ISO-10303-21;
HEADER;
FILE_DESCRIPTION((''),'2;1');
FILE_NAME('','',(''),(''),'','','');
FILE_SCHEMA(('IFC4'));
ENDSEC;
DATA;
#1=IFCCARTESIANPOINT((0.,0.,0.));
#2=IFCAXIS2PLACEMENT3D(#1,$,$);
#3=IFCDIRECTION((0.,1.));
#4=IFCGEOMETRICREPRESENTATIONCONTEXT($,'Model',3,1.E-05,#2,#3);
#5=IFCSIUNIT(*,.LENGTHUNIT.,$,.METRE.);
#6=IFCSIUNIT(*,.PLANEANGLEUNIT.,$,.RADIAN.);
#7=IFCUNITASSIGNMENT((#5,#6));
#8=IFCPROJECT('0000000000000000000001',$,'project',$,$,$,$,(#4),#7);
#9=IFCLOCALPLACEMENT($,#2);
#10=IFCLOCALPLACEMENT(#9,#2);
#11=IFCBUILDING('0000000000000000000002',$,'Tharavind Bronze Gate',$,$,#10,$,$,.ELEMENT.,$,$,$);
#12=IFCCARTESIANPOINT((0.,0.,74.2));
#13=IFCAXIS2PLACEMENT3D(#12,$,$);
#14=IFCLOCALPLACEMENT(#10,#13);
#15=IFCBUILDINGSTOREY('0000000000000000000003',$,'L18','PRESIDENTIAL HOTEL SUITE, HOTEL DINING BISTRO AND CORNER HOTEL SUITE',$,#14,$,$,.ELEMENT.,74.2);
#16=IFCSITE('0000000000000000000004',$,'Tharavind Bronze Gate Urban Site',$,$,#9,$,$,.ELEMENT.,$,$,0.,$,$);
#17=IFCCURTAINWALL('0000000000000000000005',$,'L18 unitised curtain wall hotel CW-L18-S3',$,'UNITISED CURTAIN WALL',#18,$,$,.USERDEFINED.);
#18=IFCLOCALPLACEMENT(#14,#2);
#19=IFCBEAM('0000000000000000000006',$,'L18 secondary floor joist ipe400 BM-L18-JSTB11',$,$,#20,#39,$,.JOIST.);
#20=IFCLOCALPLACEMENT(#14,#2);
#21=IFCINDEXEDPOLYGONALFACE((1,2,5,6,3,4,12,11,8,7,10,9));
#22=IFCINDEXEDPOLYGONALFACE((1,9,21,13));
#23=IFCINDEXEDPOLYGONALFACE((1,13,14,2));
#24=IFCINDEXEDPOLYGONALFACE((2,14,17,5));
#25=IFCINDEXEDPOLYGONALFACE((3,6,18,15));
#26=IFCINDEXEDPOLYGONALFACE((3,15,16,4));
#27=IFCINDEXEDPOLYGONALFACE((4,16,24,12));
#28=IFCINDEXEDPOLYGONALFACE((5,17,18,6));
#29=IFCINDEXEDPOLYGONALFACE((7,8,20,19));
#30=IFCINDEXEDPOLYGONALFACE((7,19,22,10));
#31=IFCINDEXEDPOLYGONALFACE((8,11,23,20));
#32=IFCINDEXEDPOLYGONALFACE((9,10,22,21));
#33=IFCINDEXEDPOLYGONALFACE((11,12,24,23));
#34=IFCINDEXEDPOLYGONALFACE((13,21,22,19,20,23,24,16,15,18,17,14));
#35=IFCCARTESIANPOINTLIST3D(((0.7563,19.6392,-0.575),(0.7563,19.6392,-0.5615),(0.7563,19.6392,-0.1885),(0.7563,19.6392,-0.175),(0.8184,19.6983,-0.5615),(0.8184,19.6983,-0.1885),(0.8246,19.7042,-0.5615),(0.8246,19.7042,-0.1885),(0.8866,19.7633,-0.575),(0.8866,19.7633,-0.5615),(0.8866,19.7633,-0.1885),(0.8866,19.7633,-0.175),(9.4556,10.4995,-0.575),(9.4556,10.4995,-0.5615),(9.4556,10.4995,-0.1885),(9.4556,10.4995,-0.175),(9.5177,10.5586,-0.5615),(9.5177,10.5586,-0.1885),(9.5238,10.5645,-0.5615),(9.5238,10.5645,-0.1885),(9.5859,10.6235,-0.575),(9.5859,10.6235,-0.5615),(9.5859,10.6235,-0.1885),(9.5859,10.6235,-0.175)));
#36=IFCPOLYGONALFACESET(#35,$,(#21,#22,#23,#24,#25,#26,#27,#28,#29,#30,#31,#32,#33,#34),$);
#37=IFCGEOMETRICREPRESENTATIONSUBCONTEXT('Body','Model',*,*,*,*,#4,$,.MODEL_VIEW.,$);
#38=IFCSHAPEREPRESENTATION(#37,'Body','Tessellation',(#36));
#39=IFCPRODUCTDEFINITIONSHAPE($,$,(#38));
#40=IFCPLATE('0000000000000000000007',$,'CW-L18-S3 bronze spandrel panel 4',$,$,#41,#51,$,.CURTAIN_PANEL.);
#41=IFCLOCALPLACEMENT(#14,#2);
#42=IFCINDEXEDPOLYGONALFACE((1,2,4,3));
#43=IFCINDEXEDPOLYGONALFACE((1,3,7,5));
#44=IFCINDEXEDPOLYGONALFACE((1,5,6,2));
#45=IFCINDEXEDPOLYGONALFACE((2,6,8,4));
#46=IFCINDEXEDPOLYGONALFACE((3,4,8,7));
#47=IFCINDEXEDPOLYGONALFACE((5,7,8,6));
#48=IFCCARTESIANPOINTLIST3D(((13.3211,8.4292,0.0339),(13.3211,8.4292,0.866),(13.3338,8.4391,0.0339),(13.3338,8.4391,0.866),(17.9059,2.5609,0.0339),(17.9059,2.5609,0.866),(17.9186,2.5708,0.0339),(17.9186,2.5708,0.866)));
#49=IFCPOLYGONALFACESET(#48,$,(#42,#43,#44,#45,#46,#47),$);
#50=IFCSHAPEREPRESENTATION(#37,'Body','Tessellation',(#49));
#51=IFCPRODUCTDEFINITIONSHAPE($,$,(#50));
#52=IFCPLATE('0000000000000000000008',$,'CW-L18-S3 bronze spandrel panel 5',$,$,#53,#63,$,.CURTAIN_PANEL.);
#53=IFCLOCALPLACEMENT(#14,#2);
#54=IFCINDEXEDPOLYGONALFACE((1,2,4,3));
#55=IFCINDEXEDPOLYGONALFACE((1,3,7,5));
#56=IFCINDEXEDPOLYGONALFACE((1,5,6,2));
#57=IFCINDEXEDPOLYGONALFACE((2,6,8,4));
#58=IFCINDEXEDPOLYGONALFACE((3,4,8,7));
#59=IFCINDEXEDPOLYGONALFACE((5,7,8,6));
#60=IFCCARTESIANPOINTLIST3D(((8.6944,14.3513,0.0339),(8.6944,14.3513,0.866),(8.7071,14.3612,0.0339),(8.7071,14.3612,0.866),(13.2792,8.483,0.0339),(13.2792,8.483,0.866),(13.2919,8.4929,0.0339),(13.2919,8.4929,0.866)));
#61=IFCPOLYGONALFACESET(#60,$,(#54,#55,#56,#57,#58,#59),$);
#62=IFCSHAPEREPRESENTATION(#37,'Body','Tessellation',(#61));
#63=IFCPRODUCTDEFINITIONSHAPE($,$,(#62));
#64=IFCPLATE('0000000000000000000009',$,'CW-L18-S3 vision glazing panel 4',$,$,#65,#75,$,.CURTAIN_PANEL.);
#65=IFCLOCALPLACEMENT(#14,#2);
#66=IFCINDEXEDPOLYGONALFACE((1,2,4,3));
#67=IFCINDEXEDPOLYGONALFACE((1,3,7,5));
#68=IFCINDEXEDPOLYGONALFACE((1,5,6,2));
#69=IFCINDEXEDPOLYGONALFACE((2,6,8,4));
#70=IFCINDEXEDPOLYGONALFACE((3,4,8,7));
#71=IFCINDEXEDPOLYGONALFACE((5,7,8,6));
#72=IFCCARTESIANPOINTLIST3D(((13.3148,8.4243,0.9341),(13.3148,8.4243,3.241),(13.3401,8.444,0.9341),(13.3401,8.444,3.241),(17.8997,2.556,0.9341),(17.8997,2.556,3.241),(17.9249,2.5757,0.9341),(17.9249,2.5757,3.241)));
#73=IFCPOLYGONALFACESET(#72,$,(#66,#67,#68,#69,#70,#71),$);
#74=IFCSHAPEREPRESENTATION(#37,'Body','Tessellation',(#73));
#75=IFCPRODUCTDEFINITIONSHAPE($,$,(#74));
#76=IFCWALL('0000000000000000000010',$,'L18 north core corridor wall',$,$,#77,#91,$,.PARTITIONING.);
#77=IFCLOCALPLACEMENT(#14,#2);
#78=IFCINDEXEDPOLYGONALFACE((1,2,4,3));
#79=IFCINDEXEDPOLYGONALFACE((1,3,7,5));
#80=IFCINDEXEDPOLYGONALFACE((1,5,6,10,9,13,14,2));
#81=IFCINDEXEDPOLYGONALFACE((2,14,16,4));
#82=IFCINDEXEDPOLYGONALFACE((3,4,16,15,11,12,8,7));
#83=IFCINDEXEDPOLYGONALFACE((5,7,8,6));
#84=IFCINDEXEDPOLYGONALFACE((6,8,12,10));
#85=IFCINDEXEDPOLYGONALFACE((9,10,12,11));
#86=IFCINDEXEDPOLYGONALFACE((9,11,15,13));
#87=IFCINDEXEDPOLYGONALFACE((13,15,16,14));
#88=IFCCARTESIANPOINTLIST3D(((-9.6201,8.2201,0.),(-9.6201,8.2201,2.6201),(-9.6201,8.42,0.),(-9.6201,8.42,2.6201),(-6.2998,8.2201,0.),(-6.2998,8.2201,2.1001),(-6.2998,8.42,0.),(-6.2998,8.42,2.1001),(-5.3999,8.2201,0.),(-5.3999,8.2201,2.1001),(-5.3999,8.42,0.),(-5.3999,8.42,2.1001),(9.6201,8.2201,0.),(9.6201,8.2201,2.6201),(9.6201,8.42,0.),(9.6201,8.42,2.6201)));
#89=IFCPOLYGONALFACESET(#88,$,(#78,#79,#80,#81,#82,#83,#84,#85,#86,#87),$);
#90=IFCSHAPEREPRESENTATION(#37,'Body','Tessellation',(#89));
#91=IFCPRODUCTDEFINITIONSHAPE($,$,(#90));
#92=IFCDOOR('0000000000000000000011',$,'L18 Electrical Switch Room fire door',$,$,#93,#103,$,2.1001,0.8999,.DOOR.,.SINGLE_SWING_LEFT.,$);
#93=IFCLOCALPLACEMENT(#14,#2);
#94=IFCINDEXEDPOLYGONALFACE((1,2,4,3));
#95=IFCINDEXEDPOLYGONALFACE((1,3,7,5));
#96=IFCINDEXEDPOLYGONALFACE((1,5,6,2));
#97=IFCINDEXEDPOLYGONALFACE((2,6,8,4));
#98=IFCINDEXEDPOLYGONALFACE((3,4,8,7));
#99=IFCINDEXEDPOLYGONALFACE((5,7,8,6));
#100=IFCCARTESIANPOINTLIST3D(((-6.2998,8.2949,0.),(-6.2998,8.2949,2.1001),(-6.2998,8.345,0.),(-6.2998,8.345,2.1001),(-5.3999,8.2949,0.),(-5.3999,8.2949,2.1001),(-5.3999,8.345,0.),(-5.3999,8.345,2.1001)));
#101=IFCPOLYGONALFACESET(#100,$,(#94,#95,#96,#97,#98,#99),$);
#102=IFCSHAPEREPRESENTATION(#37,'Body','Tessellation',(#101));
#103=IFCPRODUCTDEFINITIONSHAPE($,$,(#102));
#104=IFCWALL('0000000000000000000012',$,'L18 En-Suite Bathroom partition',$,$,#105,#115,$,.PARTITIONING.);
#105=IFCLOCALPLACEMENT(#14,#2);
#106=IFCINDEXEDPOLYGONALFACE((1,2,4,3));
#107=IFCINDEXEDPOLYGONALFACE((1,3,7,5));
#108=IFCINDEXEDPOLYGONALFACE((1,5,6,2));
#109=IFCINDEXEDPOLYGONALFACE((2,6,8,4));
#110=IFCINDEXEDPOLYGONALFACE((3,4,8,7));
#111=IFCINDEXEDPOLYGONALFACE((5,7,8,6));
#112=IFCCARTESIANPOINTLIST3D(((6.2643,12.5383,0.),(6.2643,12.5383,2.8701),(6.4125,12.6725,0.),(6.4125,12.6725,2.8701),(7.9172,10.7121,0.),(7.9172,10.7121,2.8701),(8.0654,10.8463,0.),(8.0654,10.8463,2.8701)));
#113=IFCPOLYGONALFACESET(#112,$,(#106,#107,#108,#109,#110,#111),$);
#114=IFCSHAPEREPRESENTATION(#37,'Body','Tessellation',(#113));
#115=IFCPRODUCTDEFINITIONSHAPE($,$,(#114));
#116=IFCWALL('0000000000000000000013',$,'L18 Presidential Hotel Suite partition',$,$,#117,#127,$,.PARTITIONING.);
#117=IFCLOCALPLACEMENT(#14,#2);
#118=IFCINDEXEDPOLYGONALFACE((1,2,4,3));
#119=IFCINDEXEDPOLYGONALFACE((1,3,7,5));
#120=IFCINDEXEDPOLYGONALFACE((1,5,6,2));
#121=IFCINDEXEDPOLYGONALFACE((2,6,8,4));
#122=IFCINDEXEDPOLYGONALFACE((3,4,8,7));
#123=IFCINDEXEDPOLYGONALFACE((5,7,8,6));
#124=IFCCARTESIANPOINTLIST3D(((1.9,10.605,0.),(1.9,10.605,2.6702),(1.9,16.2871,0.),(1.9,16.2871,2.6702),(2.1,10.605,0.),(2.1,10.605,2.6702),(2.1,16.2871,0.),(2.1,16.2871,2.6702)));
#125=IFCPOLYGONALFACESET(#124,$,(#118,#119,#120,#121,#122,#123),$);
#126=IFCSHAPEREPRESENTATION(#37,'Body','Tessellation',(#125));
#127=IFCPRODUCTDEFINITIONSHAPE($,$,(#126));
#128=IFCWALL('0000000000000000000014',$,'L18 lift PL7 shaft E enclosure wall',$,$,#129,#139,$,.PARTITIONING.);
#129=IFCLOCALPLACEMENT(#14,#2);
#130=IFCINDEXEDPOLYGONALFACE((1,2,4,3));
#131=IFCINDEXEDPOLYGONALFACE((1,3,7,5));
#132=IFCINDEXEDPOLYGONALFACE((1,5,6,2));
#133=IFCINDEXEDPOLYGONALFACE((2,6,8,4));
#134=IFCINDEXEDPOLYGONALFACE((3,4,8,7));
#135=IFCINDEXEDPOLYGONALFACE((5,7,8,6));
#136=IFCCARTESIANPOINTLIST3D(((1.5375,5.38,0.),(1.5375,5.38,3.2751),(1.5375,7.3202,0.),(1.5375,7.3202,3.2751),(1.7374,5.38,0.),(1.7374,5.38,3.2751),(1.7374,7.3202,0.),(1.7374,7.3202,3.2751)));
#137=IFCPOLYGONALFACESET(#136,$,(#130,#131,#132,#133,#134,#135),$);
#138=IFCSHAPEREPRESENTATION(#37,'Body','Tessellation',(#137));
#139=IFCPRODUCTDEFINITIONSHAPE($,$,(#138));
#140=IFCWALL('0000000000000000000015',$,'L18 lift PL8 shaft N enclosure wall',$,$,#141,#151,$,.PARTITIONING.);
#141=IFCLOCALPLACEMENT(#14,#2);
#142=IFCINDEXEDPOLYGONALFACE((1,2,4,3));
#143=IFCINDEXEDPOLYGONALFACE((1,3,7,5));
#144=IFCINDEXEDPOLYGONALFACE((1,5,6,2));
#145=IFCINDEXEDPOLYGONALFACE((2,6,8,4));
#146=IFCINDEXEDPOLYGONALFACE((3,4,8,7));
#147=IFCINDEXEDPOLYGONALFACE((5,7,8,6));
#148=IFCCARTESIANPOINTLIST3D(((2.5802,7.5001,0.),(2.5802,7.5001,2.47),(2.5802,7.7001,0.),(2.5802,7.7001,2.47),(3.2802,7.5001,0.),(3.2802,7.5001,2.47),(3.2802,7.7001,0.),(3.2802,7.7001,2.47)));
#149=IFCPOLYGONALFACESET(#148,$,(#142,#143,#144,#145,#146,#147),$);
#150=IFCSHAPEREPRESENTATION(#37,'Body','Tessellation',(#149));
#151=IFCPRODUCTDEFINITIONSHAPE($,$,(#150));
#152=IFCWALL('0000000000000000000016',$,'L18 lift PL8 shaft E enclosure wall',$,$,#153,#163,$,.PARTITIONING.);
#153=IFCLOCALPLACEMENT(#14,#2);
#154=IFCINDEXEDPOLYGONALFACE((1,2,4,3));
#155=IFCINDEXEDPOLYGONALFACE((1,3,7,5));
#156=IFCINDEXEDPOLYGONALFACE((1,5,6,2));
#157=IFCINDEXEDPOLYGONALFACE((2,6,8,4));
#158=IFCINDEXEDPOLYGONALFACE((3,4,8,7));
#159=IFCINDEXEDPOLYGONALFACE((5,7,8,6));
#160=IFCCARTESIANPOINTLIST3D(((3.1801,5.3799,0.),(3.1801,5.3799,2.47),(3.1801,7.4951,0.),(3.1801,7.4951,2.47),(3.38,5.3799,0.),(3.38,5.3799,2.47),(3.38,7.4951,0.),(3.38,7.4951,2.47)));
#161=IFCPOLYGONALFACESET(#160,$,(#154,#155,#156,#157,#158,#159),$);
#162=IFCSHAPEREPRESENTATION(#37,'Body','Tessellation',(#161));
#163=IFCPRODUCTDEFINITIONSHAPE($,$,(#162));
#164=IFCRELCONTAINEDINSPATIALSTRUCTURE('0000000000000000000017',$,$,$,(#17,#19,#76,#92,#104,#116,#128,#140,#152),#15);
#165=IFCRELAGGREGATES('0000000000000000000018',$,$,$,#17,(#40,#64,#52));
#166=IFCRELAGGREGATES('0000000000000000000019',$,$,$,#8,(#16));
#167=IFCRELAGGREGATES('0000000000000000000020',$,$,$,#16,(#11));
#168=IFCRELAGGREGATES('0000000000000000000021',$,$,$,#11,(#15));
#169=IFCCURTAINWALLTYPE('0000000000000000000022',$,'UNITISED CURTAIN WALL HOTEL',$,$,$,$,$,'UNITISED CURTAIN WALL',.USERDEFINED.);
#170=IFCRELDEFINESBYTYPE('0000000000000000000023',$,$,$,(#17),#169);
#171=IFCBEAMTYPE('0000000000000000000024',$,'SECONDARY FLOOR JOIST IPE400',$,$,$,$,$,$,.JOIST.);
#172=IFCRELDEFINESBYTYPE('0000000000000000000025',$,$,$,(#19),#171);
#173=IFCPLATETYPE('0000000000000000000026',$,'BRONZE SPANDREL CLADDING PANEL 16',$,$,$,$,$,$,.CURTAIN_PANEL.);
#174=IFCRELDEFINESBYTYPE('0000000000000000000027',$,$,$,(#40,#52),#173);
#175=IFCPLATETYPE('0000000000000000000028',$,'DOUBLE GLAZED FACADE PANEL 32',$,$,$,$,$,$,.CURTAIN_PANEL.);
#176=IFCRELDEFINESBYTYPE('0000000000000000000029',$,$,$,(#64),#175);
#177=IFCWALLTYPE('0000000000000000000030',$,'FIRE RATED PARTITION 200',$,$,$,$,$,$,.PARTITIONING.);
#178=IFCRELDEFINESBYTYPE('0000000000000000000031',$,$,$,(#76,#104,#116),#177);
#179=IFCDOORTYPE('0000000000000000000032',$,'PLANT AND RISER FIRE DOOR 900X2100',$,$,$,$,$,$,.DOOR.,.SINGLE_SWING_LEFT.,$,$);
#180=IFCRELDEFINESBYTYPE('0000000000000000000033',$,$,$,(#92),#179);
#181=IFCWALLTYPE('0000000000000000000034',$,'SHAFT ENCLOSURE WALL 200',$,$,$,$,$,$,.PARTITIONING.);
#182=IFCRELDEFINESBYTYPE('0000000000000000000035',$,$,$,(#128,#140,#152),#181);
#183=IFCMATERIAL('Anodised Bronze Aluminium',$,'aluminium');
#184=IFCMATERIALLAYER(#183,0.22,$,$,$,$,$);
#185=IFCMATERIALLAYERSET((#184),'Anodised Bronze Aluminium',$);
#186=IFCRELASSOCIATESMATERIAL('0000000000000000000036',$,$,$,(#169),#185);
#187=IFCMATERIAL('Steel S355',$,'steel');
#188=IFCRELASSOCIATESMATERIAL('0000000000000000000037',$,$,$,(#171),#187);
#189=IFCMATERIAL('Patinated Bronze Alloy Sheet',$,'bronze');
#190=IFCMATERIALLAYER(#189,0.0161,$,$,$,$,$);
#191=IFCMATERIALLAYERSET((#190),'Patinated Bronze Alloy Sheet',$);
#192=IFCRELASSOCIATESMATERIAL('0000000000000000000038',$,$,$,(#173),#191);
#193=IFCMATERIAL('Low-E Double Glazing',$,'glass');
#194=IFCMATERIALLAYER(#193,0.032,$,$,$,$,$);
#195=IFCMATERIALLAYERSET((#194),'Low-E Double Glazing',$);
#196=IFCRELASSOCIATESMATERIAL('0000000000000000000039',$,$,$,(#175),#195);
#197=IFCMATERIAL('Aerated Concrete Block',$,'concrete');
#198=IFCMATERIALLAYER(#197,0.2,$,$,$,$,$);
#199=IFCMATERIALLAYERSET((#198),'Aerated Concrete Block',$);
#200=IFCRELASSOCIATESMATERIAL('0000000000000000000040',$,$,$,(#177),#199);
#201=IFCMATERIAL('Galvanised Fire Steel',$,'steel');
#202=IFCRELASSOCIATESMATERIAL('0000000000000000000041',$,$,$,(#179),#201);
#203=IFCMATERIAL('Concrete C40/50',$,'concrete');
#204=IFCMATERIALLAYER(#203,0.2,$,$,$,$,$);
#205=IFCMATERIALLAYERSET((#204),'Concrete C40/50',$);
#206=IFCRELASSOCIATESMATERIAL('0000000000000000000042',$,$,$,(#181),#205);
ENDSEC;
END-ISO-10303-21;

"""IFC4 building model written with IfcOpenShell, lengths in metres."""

from ifc_helpers import new_model, si_unit, direction, frame, frame_2d, origin, origin_2d, place, context, subcontext, project, spatial, rectangle, i_section, extrude, material, layer, layer_set, material_profile, profile_set, type_object, element, fill, aggregate, save


model = new_model("IFC4")

# Units and contexts
model_context = context("Model", 3, precision=1e-05, world=origin(), true_north=direction((0.0, 1.0)))
body_context = subcontext(model_context, "Body", "Model", "MODEL_VIEW")
ifc_project = project(units=[si_unit("LENGTHUNIT", "METRE"), si_unit("PLANEANGLEUNIT", "RADIAN")], contexts=[model_context])

# Site, building, storey
site_placement = place(None, origin())
site = spatial("IfcSite", under=ifc_project, at=site_placement, Name="Tharavind Bronze Gate Urban Site", CompositionType="ELEMENT", RefElevation=0.0)
building_placement = place(site_placement, origin())
building = spatial("IfcBuilding", under=site, at=building_placement, Name="Tharavind Bronze Gate", CompositionType="ELEMENT")
storey_placement = place(building_placement, frame((0.0, 0.0, 74.2)))
storey = spatial("IfcBuildingStorey", under=building, at=storey_placement, Name="L18", Description="PRESIDENTIAL HOTEL SUITE, HOTEL DINING BISTRO AND CORNER HOTEL SUITE", CompositionType="ELEMENT", Elevation=74.2)

# Curtain wall
ifc_material_1 = material(Name="Anodised Bronze Aluminium", Category="aluminium")
ifc_layer_1 = layer(ifc_material_1, 0.22)
ifc_layer_set_1 = layer_set([ifc_layer_1], Name="Anodised Bronze Aluminium")
curtain_wall_type = type_object("IfcCurtainWallType", Name="UNITISED CURTAIN WALL HOTEL", ElementType="UNITISED CURTAIN WALL", PredefinedType="USERDEFINED", material=ifc_layer_set_1)
curtain_wall_placement = place(storey_placement, origin())
curtain_wall = element("IfcCurtainWall", 1, at=curtain_wall_placement, inside=storey, type_object=curtain_wall_type, Name="L18 unitised curtain wall hotel CW-L18-S3", ObjectType="UNITISED CURTAIN WALL", PredefinedType="USERDEFINED")

# Beam
ifc_material_2 = material(Name="Steel S355", Category="steel")
ifc_material_profile_1 = material_profile(ifc_material_2, i_section(OverallWidth=0.1799, OverallDepth=0.3999, WebThickness=0.0085, FlangeThickness=0.0134, at=origin_2d()), Name="IPE400")
ifc_profile_set_1 = profile_set([ifc_material_profile_1], Name="Steel S355")
beam_type_1 = type_object("IfcBeamType", Name="SECONDARY FLOOR JOIST IPE400", PredefinedType="JOIST", material=ifc_profile_set_1)
beam_1_placement = place(storey_placement, frame((9.5208, 10.5615, -0.375), z_axis=(-0.689439, 0.724344, 0.0), x_axis=(-0.724344, -0.689439, 0.0)))
element("IfcBeam", 2, at=beam_1_placement, inside=storey, type_object=beam_type_1, Name="L18 secondary floor joist ipe400 BM-L18-JSTB11", PredefinedType="JOIST", context=body_context, shape_type="SweptSolid", body=[
    extrude(i_section(OverallWidth=0.1799, OverallDepth=0.3999, WebThickness=0.0085, FlangeThickness=0.0134, at=origin_2d()), origin(), (0.0, 0.0, 1.0), 12.6179),
])

# Plates
ifc_material_3 = material(Name="Patinated Bronze Alloy Sheet", Category="bronze")
ifc_layer_2 = layer(ifc_material_3, 0.0161)
ifc_layer_set_2 = layer_set([ifc_layer_2], Name="Patinated Bronze Alloy Sheet")
plate_type_1 = type_object("IfcPlateType", Name="BRONZE SPANDREL CLADDING PANEL 16", PredefinedType="CURTAIN_PANEL", material=ifc_layer_set_2)
plate_1_placement = place(storey_placement, frame((15.6199, 5.5, 0.0339), z_axis=(0.0, 0.0, 1.0), x_axis=(-0.615661, 0.788011, 0.0)))
plate_1 = element("IfcPlate", 3, at=plate_1_placement, type_object=plate_type_1, Name="CW-L18-S3 bronze spandrel panel 4", PredefinedType="CURTAIN_PANEL", context=body_context, shape_type="SweptSolid", body=[
    extrude(rectangle(XDim=7.447, YDim=0.0161, at=origin_2d()), origin(), (0.0, 0.0, 1.0), 0.832),
])
plate_2_placement = place(storey_placement, frame((10.9932, 11.4221, 0.0339), z_axis=(0.0, 0.0, 1.0), x_axis=(-0.615661, 0.788011, 0.0)))
plate_2 = element("IfcPlate", 4, at=plate_2_placement, type_object=plate_type_1, Name="CW-L18-S3 bronze spandrel panel 5", PredefinedType="CURTAIN_PANEL", context=body_context, shape_type="SweptSolid", body=[
    extrude(rectangle(XDim=7.447, YDim=0.0161, at=origin_2d()), origin(), (0.0, 0.0, 1.0), 0.832),
])
ifc_material_4 = material(Name="Low-E Double Glazing", Category="glass")
ifc_layer_3 = layer(ifc_material_4, 0.032)
ifc_layer_set_3 = layer_set([ifc_layer_3], Name="Low-E Double Glazing")
plate_type_2 = type_object("IfcPlateType", Name="DOUBLE GLAZED FACADE PANEL 32", PredefinedType="CURTAIN_PANEL", material=ifc_layer_set_3)
plate_3_placement = place(storey_placement, frame((15.6199, 5.5, 0.9341), z_axis=(0.0, 0.0, 1.0), x_axis=(-0.615661, 0.788011, 0.0)))
plate_3 = element("IfcPlate", 5, at=plate_3_placement, type_object=plate_type_2, Name="CW-L18-S3 vision glazing panel 4", PredefinedType="CURTAIN_PANEL", context=body_context, shape_type="SweptSolid", body=[
    extrude(rectangle(XDim=7.447, YDim=0.032, at=origin_2d()), origin(), (0.0, 0.0, 1.0), 2.3069),
])
aggregate(curtain_wall, [plate_1, plate_3, plate_2])

# Wall, opening, door
ifc_material_5 = material(Name="Aerated Concrete Block", Category="concrete")
ifc_layer_4 = layer(ifc_material_5, 0.2)
ifc_layer_set_4 = layer_set([ifc_layer_4], Name="Aerated Concrete Block")
wall_type_1 = type_object("IfcWallType", Name="FIRE RATED PARTITION 200", PredefinedType="PARTITIONING", material=ifc_layer_set_4)
wall_1_placement = place(storey_placement, frame((9.6201, 8.3201, 0.0), z_axis=(0.0, 0.0, 1.0), x_axis=(-1.0, 0.0, 0.0)))
wall_1 = element("IfcWall", 6, at=wall_1_placement, inside=storey, type_object=wall_type_1, Name="L18 north core corridor wall", PredefinedType="PARTITIONING", context=body_context, shape_type="SweptSolid", body=[
    extrude(rectangle(XDim=19.2402, YDim=0.2, at=frame_2d((9.6201, 0.0))), origin(), (0.0, 0.0, 1.0), 2.6201),
])
opening_1_placement = place(wall_1_placement, frame((15.02, 0.0, 0.0)))
opening_1 = element("IfcOpeningElement", 7, at=opening_1_placement, cuts=wall_1, PredefinedType="OPENING", context=body_context, shape_type="SweptSolid", body=[
    extrude(rectangle(XDim=0.8999, YDim=2.1001, at=frame_2d((0.45, 1.05))), frame((0.0, 0.1101, 0.0), z_axis=(0.0, -1.0, 0.0), x_axis=(1.0, 0.0, 0.0)), (0.0, 0.0, 1.0), 0.22),
])
ifc_material_6 = material(Name="Galvanised Fire Steel", Category="steel")
door_type_1 = type_object("IfcDoorType", Name="PLANT AND RISER FIRE DOOR 900X2100", OperationType="SINGLE_SWING_LEFT", PredefinedType="DOOR", material=ifc_material_6)
door_1_placement = place(opening_1_placement, frame((0.8999, 0.0, 0.0), z_axis=(0.0, 0.0, 1.0), x_axis=(-1.0, 0.0, 0.0)))
door_1 = element("IfcDoor", 8, at=door_1_placement, inside=storey, type_object=door_type_1, Name="L18 Electrical Switch Room fire door", OperationType="SINGLE_SWING_LEFT", OverallHeight=2.1001, OverallWidth=0.8999, PredefinedType="DOOR", context=body_context, shape_type="SweptSolid", body=[
    extrude(rectangle(XDim=0.8999, YDim=2.1001, at=frame_2d((0.45, 1.05))), frame((0.0, 0.0249, 0.0), z_axis=(0.0, -1.0, 0.0), x_axis=(1.0, 0.0, 0.0)), (0.0, 0.0, 1.0), 0.05),
])
fill(opening_1, door_1)

# Wall
wall_2_placement = place(storey_placement, frame((7.9912, 10.7793, 0.0), z_axis=(0.0, 0.0, 1.0), x_axis=(-0.671043, 0.741418, 0.0)))
element("IfcWall", 9, at=wall_2_placement, inside=storey, type_object=wall_type_1, Name="L18 En-Suite Bathroom partition", PredefinedType="PARTITIONING", context=body_context, shape_type="SweptSolid", body=[
    extrude(rectangle(XDim=2.4631, YDim=0.2, at=frame_2d((1.2314, 0.0))), origin(), (0.0, 0.0, 1.0), 2.8701),
])

# Walls
wall_3_placement = place(storey_placement, frame((2.0, 10.605, 0.0), z_axis=(0.0, 0.0, 1.0), x_axis=(0.0, 1.0, 0.0)))
element("IfcWall", 10, at=wall_3_placement, inside=storey, type_object=wall_type_1, Name="L18 Presidential Hotel Suite partition", PredefinedType="PARTITIONING", context=body_context, shape_type="SweptSolid", body=[
    extrude(rectangle(XDim=5.6821, YDim=0.2, at=frame_2d((2.8411, 0.0))), origin(), (0.0, 0.0, 1.0), 2.6702),
])
ifc_material_7 = material(Name="Concrete C40/50", Category="concrete")
ifc_layer_5 = layer(ifc_material_7, 0.2)
ifc_layer_set_5 = layer_set([ifc_layer_5], Name="Concrete C40/50")
wall_type_2 = type_object("IfcWallType", Name="SHAFT ENCLOSURE WALL 200", PredefinedType="PARTITIONING", material=ifc_layer_set_5)
wall_4_placement = place(storey_placement, frame((1.6375, 5.3799, 0.0), z_axis=(0.0, 0.0, 1.0), x_axis=(0.0, 1.0, 0.0)))
element("IfcWall", 11, at=wall_4_placement, inside=storey, type_object=wall_type_2, Name="L18 lift PL7 shaft E enclosure wall", PredefinedType="PARTITIONING", context=body_context, shape_type="SweptSolid", body=[
    extrude(rectangle(XDim=1.9402, YDim=0.2, at=frame_2d((0.9702, 0.0))), origin(), (0.0, 0.0, 1.0), 3.2751),
])
wall_5_placement = place(storey_placement, frame((2.5801, 7.6001, 0.0), z_axis=(0.0, 0.0, 1.0), x_axis=(1.0, 0.0, 0.0)))
element("IfcWall", 12, at=wall_5_placement, inside=storey, type_object=wall_type_2, Name="L18 lift PL8 shaft N enclosure wall", PredefinedType="PARTITIONING", context=body_context, shape_type="SweptSolid", body=[
    extrude(rectangle(XDim=0.7, YDim=0.2, at=frame_2d((0.3501, 0.0))), origin(), (0.0, 0.0, 1.0), 2.47),
])
wall_6_placement = place(storey_placement, frame((3.28, 5.3799, 0.0), z_axis=(0.0, 0.0, 1.0), x_axis=(0.0, 1.0, 0.0)))
element("IfcWall", 13, at=wall_6_placement, inside=storey, type_object=wall_type_2, Name="L18 lift PL8 shaft E enclosure wall", PredefinedType="PARTITIONING", context=body_context, shape_type="SweptSolid", body=[
    extrude(rectangle(XDim=2.1152, YDim=0.2, at=frame_2d((1.0576, 0.0))), origin(), (0.0, 0.0, 1.0), 2.47),
])

save(model, "model.ifc")
